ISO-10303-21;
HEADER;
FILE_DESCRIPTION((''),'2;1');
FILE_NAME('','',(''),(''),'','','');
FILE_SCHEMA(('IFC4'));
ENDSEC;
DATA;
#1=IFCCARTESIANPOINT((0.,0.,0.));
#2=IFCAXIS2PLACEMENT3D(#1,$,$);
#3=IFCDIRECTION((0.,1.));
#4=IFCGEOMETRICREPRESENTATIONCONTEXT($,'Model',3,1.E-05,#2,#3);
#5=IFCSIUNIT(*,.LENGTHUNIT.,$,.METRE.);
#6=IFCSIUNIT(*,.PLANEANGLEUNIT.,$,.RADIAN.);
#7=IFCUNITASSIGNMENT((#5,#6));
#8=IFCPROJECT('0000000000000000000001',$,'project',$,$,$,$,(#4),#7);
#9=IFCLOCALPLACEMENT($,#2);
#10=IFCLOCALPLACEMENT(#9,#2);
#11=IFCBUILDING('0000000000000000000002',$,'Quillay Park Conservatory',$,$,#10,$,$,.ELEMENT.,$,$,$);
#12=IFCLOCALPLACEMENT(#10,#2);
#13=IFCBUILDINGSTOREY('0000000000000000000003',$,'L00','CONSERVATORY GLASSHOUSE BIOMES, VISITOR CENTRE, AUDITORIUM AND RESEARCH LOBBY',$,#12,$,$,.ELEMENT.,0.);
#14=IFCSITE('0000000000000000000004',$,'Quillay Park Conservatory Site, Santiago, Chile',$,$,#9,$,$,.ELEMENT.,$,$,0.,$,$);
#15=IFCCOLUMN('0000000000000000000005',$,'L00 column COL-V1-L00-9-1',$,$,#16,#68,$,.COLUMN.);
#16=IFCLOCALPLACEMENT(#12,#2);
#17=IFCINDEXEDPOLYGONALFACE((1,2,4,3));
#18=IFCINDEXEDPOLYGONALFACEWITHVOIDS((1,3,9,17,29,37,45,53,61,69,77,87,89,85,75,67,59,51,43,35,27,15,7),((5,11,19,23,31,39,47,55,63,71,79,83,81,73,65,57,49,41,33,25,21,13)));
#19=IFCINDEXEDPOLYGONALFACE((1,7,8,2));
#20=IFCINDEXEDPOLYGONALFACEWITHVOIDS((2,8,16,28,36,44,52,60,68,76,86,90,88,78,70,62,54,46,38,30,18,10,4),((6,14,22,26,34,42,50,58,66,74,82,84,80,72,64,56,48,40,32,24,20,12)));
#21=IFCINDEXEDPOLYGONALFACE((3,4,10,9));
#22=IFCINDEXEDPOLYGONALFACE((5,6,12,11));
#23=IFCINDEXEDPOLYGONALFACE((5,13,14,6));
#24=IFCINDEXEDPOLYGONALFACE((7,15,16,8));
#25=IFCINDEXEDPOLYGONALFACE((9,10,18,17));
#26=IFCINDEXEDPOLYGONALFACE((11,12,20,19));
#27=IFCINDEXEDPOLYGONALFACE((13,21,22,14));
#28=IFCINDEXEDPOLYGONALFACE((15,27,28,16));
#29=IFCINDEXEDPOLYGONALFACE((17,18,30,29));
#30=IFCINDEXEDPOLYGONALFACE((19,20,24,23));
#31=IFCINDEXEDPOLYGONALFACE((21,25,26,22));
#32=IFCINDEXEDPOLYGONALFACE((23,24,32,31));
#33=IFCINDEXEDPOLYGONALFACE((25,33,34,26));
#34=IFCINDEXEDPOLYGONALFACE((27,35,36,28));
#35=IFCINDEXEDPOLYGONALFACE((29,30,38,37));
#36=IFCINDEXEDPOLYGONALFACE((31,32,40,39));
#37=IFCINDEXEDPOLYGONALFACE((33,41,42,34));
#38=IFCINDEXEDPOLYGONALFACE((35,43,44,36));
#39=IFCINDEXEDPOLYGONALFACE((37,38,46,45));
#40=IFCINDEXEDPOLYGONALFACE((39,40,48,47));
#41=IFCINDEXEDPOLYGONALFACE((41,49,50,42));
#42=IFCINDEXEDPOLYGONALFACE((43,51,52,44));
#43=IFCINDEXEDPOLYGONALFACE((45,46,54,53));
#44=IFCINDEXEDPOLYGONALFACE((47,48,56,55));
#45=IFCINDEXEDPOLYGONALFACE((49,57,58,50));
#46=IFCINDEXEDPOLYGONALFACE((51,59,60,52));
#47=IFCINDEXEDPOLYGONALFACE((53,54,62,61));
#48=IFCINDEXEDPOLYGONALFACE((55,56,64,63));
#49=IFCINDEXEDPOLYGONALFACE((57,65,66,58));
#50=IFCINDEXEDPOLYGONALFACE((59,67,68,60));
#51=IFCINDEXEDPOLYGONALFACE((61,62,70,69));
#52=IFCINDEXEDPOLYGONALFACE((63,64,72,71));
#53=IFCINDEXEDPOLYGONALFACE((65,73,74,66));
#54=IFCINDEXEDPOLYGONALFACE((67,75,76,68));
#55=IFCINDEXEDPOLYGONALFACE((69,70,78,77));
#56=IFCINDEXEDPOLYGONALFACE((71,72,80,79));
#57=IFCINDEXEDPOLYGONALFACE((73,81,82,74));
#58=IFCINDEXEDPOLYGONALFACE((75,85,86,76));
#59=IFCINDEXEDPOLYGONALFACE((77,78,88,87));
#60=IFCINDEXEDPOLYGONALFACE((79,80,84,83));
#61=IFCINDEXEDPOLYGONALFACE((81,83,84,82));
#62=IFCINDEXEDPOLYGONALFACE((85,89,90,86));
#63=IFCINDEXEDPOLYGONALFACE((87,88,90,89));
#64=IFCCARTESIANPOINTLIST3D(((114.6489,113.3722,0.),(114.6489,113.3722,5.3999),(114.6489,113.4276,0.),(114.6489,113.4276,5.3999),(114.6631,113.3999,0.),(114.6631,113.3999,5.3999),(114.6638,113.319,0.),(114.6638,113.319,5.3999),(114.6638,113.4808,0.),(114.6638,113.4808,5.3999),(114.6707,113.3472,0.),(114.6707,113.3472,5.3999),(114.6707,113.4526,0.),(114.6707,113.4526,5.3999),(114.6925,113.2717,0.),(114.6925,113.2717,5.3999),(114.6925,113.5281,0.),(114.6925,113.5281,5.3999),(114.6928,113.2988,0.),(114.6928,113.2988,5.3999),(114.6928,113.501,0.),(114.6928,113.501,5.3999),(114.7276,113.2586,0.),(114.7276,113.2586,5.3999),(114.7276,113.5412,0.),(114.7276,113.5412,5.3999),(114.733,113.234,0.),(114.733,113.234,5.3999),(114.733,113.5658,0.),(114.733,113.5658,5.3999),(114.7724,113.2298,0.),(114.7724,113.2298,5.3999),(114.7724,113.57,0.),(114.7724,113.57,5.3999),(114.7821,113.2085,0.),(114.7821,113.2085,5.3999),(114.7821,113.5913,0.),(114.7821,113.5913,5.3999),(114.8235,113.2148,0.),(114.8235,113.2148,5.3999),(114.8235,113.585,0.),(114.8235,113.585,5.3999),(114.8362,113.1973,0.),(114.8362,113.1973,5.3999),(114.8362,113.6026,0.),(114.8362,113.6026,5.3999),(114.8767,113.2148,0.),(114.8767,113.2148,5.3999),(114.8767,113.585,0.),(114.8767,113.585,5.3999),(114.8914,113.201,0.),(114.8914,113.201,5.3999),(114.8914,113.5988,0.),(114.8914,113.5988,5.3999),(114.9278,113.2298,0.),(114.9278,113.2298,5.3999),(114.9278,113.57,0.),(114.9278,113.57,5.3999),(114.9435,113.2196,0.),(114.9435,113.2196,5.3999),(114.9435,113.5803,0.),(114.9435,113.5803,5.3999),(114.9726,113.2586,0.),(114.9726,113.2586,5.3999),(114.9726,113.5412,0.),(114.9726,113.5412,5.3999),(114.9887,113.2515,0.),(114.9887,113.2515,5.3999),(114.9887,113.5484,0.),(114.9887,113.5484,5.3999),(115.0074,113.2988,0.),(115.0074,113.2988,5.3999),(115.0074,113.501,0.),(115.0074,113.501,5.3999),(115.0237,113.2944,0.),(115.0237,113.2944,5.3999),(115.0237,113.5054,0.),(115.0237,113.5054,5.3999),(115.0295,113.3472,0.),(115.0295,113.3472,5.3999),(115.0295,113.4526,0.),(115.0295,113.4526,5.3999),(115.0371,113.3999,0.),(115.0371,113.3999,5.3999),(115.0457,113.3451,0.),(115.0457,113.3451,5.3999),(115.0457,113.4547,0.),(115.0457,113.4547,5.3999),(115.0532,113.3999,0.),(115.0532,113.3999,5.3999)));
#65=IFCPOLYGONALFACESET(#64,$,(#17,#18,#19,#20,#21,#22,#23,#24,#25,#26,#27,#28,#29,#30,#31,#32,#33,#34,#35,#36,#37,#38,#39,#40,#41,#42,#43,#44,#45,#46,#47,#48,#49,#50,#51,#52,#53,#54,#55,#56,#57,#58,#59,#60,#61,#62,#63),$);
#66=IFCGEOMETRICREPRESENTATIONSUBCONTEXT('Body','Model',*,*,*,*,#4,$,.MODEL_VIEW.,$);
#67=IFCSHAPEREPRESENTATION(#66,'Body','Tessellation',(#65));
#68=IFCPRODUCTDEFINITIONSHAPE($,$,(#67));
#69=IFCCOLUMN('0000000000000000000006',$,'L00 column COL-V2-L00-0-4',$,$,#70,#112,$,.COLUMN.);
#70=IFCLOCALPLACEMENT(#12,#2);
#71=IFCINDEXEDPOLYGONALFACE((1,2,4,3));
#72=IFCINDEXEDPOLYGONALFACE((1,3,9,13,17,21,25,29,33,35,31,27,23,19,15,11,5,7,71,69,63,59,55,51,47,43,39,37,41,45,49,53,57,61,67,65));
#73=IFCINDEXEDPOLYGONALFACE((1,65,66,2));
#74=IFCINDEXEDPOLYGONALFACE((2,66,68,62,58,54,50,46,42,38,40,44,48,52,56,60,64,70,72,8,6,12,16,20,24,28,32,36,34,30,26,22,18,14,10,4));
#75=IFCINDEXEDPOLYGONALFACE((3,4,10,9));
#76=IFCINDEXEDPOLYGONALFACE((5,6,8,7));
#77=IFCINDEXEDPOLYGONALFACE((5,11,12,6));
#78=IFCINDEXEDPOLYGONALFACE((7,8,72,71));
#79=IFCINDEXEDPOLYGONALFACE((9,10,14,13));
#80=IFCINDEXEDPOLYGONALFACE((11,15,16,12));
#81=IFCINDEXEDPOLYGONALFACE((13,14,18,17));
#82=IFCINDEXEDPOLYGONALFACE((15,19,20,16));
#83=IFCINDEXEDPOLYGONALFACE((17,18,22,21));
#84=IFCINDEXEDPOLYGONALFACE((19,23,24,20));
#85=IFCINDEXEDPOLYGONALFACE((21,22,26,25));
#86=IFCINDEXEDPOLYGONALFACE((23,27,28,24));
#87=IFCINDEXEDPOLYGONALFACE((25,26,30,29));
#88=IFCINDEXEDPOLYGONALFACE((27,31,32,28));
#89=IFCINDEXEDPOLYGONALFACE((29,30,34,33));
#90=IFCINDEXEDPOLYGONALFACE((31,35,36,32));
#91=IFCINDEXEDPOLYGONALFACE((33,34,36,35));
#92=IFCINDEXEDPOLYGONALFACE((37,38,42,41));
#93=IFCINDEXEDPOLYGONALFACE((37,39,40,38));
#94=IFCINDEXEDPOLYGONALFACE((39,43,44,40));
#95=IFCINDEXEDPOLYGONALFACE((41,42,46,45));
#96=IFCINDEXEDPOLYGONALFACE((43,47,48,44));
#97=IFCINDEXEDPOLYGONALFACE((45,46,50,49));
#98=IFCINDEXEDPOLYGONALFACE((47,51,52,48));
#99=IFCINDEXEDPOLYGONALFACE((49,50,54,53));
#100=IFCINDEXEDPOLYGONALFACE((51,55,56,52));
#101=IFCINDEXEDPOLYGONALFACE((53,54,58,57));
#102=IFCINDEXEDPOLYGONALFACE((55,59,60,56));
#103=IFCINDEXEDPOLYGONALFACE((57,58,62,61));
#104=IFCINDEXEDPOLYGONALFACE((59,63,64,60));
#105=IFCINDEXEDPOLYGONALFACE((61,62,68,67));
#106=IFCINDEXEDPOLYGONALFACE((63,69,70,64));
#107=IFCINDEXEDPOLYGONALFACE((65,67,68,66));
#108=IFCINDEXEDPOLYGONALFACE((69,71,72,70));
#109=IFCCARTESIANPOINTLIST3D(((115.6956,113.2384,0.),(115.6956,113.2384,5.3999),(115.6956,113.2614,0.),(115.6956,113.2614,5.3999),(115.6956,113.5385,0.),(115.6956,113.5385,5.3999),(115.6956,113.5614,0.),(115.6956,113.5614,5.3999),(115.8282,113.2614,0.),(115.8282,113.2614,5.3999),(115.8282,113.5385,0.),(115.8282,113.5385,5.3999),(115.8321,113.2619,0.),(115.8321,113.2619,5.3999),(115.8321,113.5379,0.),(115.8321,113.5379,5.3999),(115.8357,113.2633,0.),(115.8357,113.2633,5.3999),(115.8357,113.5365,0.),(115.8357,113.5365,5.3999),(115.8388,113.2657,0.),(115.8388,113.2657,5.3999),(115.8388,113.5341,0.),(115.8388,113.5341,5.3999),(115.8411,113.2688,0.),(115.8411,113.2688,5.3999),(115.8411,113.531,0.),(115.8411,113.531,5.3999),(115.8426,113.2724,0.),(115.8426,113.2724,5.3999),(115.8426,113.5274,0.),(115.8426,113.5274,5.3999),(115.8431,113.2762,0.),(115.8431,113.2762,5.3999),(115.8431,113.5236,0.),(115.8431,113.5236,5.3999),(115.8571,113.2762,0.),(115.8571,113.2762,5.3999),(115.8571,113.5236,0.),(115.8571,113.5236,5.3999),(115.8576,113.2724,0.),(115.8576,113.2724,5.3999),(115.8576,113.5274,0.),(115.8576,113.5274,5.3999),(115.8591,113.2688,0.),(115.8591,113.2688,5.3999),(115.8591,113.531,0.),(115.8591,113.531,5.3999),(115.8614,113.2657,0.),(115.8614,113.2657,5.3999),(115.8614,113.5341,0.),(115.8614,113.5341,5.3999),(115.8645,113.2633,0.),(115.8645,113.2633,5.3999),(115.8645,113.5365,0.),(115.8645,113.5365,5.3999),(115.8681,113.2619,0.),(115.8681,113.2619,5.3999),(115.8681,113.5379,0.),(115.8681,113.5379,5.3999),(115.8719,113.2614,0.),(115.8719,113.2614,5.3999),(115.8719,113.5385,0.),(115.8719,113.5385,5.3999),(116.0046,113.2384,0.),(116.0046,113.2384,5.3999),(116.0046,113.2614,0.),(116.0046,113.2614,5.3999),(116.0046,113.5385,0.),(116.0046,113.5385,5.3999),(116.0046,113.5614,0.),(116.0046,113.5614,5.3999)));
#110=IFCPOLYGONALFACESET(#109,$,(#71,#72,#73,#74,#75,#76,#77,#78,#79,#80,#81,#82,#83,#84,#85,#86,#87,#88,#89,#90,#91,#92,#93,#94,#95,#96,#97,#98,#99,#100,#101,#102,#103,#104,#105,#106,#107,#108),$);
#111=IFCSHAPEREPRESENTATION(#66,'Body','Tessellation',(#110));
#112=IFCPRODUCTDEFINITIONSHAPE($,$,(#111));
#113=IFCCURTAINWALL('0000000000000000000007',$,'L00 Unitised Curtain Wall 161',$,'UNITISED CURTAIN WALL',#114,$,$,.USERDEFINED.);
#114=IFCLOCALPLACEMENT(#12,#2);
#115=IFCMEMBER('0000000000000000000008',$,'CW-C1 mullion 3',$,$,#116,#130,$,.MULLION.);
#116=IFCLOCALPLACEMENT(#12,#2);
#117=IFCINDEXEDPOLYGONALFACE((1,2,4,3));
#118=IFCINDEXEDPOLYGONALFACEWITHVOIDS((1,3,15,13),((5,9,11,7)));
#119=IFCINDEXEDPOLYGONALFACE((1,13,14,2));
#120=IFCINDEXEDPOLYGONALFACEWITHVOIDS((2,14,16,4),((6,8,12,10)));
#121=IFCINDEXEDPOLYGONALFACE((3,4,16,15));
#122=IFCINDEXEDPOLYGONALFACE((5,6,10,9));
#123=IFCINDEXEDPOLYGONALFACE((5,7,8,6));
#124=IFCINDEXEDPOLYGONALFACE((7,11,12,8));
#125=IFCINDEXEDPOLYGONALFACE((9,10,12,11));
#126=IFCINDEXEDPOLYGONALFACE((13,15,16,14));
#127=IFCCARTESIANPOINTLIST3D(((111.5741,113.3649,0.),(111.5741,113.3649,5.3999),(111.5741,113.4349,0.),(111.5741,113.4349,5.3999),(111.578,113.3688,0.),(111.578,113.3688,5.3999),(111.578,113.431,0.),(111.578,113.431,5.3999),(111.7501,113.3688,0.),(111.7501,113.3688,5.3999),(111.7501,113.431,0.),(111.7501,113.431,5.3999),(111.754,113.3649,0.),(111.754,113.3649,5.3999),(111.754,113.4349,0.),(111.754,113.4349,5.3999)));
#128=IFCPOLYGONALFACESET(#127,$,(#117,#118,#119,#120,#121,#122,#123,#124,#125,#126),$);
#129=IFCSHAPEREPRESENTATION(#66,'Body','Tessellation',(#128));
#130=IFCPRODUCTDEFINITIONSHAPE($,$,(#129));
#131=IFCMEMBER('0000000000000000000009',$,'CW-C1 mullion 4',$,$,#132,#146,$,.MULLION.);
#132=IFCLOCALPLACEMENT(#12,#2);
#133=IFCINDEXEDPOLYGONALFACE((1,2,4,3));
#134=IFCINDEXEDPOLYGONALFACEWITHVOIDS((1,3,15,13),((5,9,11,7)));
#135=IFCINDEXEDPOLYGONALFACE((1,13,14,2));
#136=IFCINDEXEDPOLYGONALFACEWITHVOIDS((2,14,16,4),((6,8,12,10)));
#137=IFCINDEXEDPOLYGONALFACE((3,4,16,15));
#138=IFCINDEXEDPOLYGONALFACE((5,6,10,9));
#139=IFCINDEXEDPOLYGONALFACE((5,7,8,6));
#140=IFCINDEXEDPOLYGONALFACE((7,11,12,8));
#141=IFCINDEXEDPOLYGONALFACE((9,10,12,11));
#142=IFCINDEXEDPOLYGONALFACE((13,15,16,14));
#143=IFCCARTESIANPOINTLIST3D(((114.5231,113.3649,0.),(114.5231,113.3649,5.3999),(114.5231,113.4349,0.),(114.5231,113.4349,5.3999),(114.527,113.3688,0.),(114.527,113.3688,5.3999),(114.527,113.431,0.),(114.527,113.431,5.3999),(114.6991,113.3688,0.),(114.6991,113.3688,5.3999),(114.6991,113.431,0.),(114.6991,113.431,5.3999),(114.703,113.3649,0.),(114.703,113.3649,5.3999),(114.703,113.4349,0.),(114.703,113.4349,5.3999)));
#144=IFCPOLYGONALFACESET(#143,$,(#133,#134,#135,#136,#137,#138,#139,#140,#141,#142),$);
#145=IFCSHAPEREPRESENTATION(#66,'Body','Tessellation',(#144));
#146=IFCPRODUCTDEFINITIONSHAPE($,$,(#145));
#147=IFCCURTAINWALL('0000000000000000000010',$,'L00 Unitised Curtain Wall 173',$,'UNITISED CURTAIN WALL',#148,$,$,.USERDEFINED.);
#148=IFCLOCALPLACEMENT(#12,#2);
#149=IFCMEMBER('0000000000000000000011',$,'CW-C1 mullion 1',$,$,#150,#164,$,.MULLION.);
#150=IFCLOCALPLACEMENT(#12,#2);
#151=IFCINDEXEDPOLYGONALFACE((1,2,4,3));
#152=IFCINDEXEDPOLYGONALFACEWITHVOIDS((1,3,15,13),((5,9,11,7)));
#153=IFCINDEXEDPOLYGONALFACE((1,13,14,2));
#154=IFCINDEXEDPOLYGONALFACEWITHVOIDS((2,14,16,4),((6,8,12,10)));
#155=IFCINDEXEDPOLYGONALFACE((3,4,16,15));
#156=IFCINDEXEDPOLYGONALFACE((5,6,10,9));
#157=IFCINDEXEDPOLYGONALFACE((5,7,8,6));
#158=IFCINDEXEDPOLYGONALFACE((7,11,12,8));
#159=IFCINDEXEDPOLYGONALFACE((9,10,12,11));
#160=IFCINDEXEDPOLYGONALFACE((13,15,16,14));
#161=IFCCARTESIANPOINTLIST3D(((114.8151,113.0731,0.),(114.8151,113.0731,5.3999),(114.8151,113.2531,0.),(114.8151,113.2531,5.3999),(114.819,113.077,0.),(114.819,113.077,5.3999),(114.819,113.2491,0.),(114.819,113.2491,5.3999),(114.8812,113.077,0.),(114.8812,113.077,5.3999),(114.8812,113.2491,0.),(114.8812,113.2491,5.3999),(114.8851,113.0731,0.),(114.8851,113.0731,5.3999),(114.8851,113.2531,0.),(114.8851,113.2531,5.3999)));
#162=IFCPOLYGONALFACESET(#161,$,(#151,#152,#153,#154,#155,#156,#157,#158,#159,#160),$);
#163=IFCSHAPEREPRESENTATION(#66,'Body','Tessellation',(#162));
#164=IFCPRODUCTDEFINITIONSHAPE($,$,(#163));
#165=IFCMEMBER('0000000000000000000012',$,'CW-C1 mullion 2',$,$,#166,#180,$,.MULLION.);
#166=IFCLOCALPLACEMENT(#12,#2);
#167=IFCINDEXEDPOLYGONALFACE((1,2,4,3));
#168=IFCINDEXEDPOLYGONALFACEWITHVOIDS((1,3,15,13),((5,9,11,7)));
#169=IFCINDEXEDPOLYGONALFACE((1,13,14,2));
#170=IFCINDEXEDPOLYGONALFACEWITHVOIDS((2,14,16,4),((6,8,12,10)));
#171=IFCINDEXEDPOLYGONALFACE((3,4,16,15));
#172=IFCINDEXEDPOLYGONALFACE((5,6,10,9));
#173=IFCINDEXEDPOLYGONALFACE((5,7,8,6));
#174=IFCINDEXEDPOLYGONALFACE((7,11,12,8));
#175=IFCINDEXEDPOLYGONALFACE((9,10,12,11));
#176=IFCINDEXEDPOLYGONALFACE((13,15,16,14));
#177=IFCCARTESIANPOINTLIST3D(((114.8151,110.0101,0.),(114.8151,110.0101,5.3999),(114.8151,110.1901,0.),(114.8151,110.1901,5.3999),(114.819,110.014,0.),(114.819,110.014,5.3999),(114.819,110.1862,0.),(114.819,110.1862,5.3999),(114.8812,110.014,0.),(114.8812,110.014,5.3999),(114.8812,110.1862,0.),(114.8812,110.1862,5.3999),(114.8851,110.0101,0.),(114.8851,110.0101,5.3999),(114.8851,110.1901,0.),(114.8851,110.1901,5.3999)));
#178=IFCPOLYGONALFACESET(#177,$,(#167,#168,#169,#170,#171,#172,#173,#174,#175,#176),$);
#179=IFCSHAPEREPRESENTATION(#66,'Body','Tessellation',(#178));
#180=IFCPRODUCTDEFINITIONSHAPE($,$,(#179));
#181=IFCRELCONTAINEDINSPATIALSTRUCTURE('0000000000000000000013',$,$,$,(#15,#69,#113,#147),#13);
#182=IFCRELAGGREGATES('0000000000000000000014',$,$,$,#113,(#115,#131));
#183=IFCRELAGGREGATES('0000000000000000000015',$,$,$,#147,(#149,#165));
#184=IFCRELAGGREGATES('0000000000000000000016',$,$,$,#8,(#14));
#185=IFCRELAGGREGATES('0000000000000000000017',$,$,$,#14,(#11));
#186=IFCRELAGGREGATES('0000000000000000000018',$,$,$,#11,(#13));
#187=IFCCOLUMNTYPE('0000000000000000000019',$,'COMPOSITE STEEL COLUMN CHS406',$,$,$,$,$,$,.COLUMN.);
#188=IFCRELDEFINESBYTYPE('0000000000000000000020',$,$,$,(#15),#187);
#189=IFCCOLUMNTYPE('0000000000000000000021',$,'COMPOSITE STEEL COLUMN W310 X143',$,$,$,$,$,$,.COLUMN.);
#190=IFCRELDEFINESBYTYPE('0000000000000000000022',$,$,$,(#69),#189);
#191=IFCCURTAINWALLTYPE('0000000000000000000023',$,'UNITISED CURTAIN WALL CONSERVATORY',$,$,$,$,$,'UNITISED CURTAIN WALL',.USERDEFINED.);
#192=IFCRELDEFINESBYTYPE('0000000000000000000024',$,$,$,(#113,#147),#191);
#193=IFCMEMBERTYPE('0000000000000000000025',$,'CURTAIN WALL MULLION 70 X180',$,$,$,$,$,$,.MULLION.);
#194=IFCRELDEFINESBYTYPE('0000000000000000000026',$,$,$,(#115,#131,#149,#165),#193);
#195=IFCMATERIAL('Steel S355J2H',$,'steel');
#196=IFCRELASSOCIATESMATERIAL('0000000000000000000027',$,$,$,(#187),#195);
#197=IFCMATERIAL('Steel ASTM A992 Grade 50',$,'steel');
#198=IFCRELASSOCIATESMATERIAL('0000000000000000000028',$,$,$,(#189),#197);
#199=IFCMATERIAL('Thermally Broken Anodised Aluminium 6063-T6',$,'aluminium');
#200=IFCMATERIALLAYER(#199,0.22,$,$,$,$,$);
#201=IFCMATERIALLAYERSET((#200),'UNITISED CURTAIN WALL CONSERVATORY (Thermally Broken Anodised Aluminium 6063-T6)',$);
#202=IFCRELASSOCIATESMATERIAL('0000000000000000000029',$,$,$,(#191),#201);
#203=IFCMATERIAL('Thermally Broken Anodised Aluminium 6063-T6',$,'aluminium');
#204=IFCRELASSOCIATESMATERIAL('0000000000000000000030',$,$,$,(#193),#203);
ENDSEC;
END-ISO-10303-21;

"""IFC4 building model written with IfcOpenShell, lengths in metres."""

from ifc_helpers import new_model, si_unit, direction, frame, origin, origin_2d, place, context, subcontext, project, spatial, hollow_rectangle, hollow_circle, i_section, extrude, material, layer, layer_set, material_profile, profile_set, type_object, element, aggregate, save


model = new_model("IFC4")

# Units and contexts
model_context = context("Model", 3, precision=1e-05, world=origin(), true_north=direction((0.0, 1.0)))
body_context = subcontext(model_context, "Body", "Model", "MODEL_VIEW")
ifc_project = project(units=[si_unit("LENGTHUNIT", "METRE"), si_unit("PLANEANGLEUNIT", "RADIAN")], contexts=[model_context])

# Site, building, storey
site_placement = place(None, origin())
site = spatial("IfcSite", under=ifc_project, at=site_placement, Name="Quillay Park Conservatory Site, Santiago, Chile", CompositionType="ELEMENT", RefElevation=0.0)
building_placement = place(site_placement, origin())
building = spatial("IfcBuilding", under=site, at=building_placement, Name="Quillay Park Conservatory", CompositionType="ELEMENT")
storey_placement = place(building_placement, origin())
storey = spatial("IfcBuildingStorey", under=building, at=storey_placement, Name="L00", Description="CONSERVATORY GLASSHOUSE BIOMES, VISITOR CENTRE, AUDITORIUM AND RESEARCH LOBBY", CompositionType="ELEMENT", Elevation=0.0)

# Columns
ifc_material_1 = material(Name="Steel S355J2H", Category="steel")
ifc_material_profile_1 = material_profile(ifc_material_1, hollow_circle(Radius=0.2031, WallThickness=0.0161, at=origin_2d()), Name="CHS406.4x16")
ifc_profile_set_1 = profile_set([ifc_material_profile_1], Name="Steel S355J2H")
column_type_1 = type_object("IfcColumnType", Name="COMPOSITE STEEL COLUMN CHS406", PredefinedType="COLUMN", material=ifc_profile_set_1)
column_1_placement = place(storey_placement, frame((114.8501, 113.3999, 0.0), z_axis=(0.0, 0.0, 1.0), x_axis=(1.0, 0.0, 0.0)))
element("IfcColumn", 1, at=column_1_placement, inside=storey, type_object=column_type_1, Name="L00 column COL-V1-L00-9-1", PredefinedType="COLUMN", context=body_context, shape_type="SweptSolid", body=[
    extrude(hollow_circle(Radius=0.2031, WallThickness=0.0161, at=origin_2d()), origin(), (0.0, 0.0, 1.0), 5.3999),
])
ifc_material_2 = material(Name="Steel ASTM A992 Grade 50", Category="steel")
ifc_material_profile_2 = material_profile(ifc_material_2, i_section(OverallWidth=0.3091, OverallDepth=0.323, WebThickness=0.0139, FlangeThickness=0.0229, FilletRadius=0.0149, at=origin_2d()), Name="W310x143")
ifc_profile_set_2 = profile_set([ifc_material_profile_2], Name="Steel ASTM A992 Grade 50")
column_type_2 = type_object("IfcColumnType", Name="COMPOSITE STEEL COLUMN W310 X143", PredefinedType="COLUMN", material=ifc_profile_set_2)
column_2_placement = place(storey_placement, frame((115.8501, 113.3999, 0.0), z_axis=(0.0, 0.0, 1.0), x_axis=(1.0, 0.0, 0.0)))
element("IfcColumn", 2, at=column_2_placement, inside=storey, type_object=column_type_2, Name="L00 column COL-V2-L00-0-4", PredefinedType="COLUMN", context=body_context, shape_type="SweptSolid", body=[
    extrude(i_section(OverallWidth=0.3091, OverallDepth=0.323, WebThickness=0.0139, FlangeThickness=0.0229, FilletRadius=0.0149, at=origin_2d()), origin(), (0.0, 0.0, 1.0), 5.3999),
])

# Curtain walls, members
ifc_material_3 = material(Name="Thermally Broken Anodised Aluminium 6063-T6", Category="aluminium")
ifc_layer_1 = layer(ifc_material_3, 0.22)
ifc_layer_set_1 = layer_set([ifc_layer_1], Name="UNITISED CURTAIN WALL CONSERVATORY (Thermally Broken Anodised Aluminium 6063-T6)")
curtain_wall_type = type_object("IfcCurtainWallType", Name="UNITISED CURTAIN WALL CONSERVATORY", ElementType="UNITISED CURTAIN WALL", PredefinedType="USERDEFINED", material=ifc_layer_set_1)
curtain_wall_1_placement = place(storey_placement, origin())
curtain_wall_1 = element("IfcCurtainWall", 3, at=curtain_wall_1_placement, inside=storey, type_object=curtain_wall_type, Name="L00 Unitised Curtain Wall 161", ObjectType="UNITISED CURTAIN WALL", PredefinedType="USERDEFINED")
ifc_material_4 = material(Name="Thermally Broken Anodised Aluminium 6063-T6", Category="aluminium")
ifc_material_profile_3 = material_profile(ifc_material_4, hollow_rectangle(XDim=0.0701, YDim=0.1799, WallThickness=0.0039, at=origin_2d()), Name="AL70x180x4")
ifc_profile_set_3 = profile_set([ifc_material_profile_3], Name="Thermally Broken Anodised Aluminium 6063-T6")
member_type_1 = type_object("IfcMemberType", Name="CURTAIN WALL MULLION 70 X180", PredefinedType="MULLION", material=ifc_profile_set_3)
member_1_placement = place(storey_placement, frame((111.6641, 113.3999, 0.0), z_axis=(0.0, 0.0, 1.0), x_axis=(0.0, 1.0, 0.0)))
member_1 = element("IfcMember", 4, at=member_1_placement, type_object=member_type_1, Name="CW-C1 mullion 3", PredefinedType="MULLION", context=body_context, shape_type="SweptSolid", body=[
    extrude(hollow_rectangle(XDim=0.0701, YDim=0.1799, WallThickness=0.0039, at=origin_2d()), origin(), (0.0, 0.0, 1.0), 5.3999),
])
member_2_placement = place(storey_placement, frame((114.613, 113.3999, 0.0), z_axis=(0.0, 0.0, 1.0), x_axis=(0.0, 1.0, 0.0)))
member_2 = element("IfcMember", 5, at=member_2_placement, type_object=member_type_1, Name="CW-C1 mullion 4", PredefinedType="MULLION", context=body_context, shape_type="SweptSolid", body=[
    extrude(hollow_rectangle(XDim=0.0701, YDim=0.1799, WallThickness=0.0039, at=origin_2d()), origin(), (0.0, 0.0, 1.0), 5.3999),
])
curtain_wall_2_placement = place(storey_placement, origin())
curtain_wall_2 = element("IfcCurtainWall", 6, at=curtain_wall_2_placement, inside=storey, type_object=curtain_wall_type, Name="L00 Unitised Curtain Wall 173", ObjectType="UNITISED CURTAIN WALL", PredefinedType="USERDEFINED")
member_3_placement = place(storey_placement, frame((114.8501, 113.1631, 0.0), z_axis=(0.0, 0.0, 1.0), x_axis=(1.0, 0.0, 0.0)))
member_3 = element("IfcMember", 7, at=member_3_placement, type_object=member_type_1, Name="CW-C1 mullion 1", PredefinedType="MULLION", context=body_context, shape_type="SweptSolid", body=[
    extrude(hollow_rectangle(XDim=0.0701, YDim=0.1799, WallThickness=0.0039, at=origin_2d()), origin(), (0.0, 0.0, 1.0), 5.3999),
])
member_4_placement = place(storey_placement, frame((114.8501, 110.1001, 0.0), z_axis=(0.0, 0.0, 1.0), x_axis=(1.0, 0.0, 0.0)))
member_4 = element("IfcMember", 8, at=member_4_placement, type_object=member_type_1, Name="CW-C1 mullion 2", PredefinedType="MULLION", context=body_context, shape_type="SweptSolid", body=[
    extrude(hollow_rectangle(XDim=0.0701, YDim=0.1799, WallThickness=0.0039, at=origin_2d()), origin(), (0.0, 0.0, 1.0), 5.3999),
])

aggregate(curtain_wall_1, [member_1, member_2])
aggregate(curtain_wall_2, [member_3, member_4])

save(model, "model.ifc")
